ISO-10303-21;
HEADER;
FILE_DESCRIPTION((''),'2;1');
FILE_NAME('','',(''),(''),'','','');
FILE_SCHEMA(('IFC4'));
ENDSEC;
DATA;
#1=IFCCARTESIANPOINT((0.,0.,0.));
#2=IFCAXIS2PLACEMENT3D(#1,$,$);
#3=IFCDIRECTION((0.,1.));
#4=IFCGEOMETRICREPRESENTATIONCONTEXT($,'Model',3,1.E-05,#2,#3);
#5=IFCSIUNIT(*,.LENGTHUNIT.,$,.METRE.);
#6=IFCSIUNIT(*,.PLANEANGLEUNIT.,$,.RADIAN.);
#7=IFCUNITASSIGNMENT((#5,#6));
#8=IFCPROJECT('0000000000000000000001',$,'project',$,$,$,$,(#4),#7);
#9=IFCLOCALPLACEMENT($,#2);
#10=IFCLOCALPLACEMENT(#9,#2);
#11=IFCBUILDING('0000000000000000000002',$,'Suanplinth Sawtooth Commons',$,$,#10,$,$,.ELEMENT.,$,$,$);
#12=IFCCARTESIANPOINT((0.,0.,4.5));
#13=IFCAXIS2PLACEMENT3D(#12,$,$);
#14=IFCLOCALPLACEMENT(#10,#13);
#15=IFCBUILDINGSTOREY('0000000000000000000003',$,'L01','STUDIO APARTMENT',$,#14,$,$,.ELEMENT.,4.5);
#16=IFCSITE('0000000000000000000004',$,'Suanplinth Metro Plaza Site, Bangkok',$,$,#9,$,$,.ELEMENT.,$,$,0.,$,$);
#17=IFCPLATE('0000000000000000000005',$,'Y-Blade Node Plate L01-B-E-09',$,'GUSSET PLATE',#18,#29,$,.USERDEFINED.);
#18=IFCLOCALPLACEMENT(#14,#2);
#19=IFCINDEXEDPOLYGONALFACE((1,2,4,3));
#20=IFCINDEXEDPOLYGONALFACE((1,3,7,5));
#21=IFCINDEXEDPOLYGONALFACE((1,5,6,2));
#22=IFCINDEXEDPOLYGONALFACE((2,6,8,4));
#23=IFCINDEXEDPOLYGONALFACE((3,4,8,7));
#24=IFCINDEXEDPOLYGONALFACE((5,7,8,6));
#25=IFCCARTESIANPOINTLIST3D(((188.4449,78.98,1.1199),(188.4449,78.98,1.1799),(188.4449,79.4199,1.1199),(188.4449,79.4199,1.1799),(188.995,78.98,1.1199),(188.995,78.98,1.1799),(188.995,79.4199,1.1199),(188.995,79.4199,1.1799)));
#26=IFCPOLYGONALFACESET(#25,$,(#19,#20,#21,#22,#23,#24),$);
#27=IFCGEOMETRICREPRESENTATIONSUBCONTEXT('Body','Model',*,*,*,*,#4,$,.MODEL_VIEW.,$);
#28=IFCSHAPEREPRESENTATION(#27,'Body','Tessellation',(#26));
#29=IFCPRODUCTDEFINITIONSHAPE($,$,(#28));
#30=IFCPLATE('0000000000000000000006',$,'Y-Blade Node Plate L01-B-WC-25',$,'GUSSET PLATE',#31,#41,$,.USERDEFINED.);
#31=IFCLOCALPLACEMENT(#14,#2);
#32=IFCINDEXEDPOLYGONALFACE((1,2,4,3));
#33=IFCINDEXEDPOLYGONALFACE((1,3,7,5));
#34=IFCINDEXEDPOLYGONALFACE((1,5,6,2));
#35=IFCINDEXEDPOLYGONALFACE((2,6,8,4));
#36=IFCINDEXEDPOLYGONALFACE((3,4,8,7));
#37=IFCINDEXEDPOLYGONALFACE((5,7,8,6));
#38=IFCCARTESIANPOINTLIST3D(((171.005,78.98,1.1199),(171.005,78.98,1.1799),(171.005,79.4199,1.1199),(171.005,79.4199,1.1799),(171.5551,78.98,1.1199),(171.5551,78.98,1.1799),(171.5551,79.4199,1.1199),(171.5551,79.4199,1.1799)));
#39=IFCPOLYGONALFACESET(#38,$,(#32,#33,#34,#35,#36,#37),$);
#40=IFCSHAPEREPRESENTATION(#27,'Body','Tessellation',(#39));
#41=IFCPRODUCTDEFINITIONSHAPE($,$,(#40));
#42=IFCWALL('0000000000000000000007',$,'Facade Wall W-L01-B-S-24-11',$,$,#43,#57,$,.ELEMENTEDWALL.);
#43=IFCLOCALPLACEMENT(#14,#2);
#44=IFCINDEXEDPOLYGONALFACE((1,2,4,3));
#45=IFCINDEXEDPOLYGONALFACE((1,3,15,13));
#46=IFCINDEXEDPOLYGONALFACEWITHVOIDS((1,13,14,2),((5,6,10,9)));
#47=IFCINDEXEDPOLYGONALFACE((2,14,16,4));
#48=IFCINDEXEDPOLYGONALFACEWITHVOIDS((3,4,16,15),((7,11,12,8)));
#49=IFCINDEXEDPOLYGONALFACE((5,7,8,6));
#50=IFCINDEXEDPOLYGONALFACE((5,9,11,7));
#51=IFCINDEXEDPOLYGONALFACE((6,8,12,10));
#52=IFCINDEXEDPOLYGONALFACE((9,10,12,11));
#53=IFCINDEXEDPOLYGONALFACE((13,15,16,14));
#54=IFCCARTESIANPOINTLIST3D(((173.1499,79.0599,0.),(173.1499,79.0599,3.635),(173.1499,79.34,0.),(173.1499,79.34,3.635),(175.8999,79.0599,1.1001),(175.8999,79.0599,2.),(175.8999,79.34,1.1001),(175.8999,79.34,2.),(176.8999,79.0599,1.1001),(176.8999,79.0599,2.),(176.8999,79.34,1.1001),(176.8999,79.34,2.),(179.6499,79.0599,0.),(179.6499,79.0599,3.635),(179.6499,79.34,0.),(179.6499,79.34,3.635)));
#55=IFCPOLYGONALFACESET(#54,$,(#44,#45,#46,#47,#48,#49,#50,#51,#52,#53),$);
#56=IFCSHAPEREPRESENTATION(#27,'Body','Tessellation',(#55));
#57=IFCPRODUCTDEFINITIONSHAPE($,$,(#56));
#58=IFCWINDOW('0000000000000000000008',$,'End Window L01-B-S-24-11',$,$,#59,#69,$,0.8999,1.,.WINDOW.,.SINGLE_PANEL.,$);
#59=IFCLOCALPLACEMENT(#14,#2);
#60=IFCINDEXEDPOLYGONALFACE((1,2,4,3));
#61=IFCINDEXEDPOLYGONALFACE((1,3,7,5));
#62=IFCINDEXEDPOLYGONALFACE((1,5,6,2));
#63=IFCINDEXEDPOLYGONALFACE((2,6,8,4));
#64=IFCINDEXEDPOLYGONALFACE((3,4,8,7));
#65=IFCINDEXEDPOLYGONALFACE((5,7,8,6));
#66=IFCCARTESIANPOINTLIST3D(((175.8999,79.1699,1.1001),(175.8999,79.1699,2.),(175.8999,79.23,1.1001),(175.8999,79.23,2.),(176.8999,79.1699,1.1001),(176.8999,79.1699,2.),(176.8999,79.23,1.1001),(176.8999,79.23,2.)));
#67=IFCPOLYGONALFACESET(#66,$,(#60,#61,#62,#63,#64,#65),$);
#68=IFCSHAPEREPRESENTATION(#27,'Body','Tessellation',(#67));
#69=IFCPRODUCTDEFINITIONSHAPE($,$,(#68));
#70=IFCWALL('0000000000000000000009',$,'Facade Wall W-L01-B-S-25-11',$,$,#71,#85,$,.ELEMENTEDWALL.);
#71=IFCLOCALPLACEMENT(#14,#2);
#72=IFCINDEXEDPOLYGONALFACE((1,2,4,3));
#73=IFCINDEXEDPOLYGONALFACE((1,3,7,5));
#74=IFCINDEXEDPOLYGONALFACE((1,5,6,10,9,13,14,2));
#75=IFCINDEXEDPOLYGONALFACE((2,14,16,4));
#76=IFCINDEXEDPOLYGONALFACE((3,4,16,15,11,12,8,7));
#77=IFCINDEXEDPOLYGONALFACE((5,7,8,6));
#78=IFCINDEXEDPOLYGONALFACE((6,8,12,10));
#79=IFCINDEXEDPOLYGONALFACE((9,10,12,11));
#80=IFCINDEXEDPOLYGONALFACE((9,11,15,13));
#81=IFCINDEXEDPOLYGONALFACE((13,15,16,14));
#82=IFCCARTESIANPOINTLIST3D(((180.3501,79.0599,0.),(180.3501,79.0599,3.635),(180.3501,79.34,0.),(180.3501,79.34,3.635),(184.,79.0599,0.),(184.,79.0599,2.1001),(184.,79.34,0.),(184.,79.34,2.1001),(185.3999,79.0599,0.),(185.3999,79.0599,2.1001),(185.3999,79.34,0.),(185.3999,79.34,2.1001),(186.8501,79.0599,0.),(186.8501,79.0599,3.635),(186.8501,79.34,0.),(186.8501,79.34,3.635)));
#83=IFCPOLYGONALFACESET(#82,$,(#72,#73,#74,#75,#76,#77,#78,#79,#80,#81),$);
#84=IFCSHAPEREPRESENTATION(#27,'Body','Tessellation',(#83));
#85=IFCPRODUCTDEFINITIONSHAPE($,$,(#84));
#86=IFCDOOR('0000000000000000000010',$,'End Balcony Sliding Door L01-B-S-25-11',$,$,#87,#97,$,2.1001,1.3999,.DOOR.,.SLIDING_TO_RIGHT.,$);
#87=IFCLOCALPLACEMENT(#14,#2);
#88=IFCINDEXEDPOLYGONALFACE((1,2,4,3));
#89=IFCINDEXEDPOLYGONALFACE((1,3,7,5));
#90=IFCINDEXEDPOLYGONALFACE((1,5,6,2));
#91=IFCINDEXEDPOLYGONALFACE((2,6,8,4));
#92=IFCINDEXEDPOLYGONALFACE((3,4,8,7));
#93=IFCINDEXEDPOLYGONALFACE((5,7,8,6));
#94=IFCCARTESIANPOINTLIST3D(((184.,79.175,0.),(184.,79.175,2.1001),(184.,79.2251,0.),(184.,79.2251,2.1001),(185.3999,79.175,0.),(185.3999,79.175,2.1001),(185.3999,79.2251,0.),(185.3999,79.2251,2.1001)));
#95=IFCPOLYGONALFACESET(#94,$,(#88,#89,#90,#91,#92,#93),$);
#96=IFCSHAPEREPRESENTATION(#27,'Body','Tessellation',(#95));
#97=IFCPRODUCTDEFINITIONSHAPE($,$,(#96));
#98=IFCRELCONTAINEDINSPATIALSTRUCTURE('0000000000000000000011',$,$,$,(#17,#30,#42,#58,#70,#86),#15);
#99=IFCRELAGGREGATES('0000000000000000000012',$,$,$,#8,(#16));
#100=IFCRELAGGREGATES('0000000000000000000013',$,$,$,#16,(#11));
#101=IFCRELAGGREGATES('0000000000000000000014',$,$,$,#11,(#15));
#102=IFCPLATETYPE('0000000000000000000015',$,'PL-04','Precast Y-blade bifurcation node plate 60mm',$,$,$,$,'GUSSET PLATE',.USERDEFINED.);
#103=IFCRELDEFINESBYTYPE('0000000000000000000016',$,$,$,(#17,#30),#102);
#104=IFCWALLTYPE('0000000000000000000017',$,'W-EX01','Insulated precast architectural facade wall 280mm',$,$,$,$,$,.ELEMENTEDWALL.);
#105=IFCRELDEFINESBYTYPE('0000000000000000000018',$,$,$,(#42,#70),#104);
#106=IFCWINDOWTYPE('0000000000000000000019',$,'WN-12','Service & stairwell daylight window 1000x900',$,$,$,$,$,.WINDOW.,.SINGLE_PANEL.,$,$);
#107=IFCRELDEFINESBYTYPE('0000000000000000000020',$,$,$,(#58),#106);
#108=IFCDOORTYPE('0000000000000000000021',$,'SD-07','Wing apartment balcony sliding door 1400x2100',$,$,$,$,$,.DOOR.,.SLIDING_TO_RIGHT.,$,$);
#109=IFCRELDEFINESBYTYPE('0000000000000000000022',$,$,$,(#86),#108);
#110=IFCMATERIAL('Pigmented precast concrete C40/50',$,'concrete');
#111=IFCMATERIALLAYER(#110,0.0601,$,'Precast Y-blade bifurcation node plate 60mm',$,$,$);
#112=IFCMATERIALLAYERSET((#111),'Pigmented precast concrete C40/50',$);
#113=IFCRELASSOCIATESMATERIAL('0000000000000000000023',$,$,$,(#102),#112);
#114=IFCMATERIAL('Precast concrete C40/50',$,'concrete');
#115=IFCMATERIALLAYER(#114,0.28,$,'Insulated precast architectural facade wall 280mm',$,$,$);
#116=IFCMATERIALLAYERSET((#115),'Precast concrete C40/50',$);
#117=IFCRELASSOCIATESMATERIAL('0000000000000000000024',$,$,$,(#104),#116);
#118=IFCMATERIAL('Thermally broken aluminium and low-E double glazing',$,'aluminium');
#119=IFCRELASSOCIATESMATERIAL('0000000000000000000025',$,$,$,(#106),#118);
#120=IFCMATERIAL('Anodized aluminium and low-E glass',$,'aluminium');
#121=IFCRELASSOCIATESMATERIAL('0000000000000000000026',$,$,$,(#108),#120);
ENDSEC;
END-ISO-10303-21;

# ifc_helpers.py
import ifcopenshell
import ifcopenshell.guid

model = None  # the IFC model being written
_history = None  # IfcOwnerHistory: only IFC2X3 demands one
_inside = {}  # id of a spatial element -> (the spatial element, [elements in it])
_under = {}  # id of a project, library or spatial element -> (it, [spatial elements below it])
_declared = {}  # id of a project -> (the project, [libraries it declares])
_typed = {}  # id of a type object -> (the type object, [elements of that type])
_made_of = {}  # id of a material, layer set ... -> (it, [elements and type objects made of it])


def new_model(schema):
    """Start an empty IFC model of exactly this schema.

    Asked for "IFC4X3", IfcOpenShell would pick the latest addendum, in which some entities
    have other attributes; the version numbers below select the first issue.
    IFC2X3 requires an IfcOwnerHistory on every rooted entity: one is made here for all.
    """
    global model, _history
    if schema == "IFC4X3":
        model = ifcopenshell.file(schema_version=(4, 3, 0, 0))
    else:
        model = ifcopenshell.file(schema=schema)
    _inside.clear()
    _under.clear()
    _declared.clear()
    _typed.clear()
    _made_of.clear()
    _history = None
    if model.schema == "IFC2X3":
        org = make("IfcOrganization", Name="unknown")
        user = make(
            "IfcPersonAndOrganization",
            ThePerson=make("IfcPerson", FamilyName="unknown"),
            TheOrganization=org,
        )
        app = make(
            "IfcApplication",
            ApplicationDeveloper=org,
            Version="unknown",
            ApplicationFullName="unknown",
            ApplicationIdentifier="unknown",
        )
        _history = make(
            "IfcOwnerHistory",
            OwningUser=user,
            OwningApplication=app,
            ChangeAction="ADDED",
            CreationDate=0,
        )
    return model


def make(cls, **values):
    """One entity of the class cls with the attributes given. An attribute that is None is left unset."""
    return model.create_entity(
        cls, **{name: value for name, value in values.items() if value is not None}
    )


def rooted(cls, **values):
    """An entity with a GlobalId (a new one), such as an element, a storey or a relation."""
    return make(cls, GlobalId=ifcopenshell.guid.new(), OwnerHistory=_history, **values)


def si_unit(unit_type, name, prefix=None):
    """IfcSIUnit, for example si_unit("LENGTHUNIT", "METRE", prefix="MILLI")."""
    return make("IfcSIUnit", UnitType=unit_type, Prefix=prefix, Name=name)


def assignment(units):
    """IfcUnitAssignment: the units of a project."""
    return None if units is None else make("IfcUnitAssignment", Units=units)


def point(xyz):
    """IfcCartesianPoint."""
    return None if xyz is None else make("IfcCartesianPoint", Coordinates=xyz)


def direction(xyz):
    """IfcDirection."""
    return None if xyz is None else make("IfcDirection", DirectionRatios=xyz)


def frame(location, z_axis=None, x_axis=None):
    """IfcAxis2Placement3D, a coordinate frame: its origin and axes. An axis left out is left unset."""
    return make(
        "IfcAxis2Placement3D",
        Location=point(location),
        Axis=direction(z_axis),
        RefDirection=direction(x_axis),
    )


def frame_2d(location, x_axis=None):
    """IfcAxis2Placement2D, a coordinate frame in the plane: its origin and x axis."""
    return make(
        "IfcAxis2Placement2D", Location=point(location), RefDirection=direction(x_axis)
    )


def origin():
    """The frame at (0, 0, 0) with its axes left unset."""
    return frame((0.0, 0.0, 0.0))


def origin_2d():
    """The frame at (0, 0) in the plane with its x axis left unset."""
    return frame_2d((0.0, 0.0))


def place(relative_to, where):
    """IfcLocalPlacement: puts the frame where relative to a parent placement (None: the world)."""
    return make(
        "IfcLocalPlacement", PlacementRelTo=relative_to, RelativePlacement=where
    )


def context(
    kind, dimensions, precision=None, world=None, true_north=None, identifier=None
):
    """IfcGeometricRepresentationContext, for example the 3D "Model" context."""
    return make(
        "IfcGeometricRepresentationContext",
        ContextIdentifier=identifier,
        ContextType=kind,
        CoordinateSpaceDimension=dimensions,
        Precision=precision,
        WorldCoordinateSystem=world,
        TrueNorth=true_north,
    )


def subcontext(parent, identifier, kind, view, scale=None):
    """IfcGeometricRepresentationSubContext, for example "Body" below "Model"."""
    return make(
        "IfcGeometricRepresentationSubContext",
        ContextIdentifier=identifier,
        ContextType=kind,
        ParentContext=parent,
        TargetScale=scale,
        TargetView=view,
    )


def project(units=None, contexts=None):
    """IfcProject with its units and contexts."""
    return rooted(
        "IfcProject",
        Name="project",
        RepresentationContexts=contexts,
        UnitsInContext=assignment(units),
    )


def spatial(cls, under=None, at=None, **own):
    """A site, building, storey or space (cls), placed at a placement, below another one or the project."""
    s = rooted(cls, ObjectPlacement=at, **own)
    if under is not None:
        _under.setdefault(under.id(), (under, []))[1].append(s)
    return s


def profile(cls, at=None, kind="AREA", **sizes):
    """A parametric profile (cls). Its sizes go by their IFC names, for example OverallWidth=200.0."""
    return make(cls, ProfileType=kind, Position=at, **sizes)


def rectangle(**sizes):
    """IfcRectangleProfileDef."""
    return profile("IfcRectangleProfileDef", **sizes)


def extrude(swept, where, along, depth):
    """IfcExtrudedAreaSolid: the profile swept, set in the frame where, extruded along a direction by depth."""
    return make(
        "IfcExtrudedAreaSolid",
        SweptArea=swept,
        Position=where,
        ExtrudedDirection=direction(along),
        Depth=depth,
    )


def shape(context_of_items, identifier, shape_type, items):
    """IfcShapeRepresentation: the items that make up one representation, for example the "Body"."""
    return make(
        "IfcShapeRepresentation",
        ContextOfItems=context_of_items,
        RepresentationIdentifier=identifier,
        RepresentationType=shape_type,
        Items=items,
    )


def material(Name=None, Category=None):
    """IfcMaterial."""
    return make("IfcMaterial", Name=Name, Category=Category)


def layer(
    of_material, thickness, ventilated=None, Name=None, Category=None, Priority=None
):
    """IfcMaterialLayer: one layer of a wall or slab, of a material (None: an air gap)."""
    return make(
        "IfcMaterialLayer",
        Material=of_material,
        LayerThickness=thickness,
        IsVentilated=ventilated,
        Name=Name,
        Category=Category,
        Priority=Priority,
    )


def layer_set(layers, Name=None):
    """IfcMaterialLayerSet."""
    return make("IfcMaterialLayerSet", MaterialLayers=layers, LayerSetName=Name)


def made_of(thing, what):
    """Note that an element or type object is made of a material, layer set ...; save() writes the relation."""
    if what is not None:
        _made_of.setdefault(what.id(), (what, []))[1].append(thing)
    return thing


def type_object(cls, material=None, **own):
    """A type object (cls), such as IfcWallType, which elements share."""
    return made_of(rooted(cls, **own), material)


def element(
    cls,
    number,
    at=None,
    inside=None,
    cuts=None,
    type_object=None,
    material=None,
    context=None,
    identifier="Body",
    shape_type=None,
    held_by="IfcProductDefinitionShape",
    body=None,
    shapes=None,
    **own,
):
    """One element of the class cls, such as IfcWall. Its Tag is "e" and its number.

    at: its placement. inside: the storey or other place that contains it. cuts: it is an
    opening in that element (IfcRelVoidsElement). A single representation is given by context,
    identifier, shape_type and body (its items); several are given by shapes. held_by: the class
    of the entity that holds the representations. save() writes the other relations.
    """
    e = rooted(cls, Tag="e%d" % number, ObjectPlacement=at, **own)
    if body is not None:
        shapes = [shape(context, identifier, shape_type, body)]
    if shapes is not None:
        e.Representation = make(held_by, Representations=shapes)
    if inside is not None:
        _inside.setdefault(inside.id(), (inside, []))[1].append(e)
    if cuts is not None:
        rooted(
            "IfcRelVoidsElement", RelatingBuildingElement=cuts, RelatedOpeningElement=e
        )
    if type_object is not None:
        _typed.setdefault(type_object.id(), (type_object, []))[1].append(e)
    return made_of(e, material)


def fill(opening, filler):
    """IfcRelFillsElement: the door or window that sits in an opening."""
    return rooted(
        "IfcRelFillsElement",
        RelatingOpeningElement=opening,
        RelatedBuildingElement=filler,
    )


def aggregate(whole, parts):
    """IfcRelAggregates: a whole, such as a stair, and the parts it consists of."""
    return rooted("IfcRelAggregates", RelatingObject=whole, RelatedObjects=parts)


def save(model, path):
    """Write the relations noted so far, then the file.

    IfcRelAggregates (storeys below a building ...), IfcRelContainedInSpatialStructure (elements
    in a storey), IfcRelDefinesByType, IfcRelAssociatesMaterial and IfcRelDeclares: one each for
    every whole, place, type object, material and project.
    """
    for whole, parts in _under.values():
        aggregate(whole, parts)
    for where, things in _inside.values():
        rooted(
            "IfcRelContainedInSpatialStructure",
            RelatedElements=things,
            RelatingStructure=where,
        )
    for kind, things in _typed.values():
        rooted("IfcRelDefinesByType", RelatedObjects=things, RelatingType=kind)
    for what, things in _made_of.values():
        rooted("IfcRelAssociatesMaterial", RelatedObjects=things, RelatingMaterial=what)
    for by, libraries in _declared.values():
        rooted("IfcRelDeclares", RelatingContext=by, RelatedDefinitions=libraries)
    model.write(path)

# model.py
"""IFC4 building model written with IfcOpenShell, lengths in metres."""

from ifc_helpers import new_model, si_unit, direction, frame, frame_2d, origin, origin_2d, place, context, subcontext, project, spatial, rectangle, extrude, material, layer, layer_set, type_object, element, fill, save


model = new_model("IFC4")

# Units and contexts
model_context = context("Model", 3, precision=1e-05, world=origin(), true_north=direction((0.0, 1.0)))
body_context = subcontext(model_context, "Body", "Model", "MODEL_VIEW")
ifc_project = project(units=[si_unit("LENGTHUNIT", "METRE"), si_unit("PLANEANGLEUNIT", "RADIAN")], contexts=[model_context])

# Site, building, storey
site_placement = place(None, origin())
site = spatial("IfcSite", under=ifc_project, at=site_placement, Name="Suanplinth Metro Plaza Site, Bangkok", CompositionType="ELEMENT", RefElevation=0.0)
building_placement = place(site_placement, origin())
building = spatial("IfcBuilding", under=site, at=building_placement, Name="Suanplinth Sawtooth Commons", CompositionType="ELEMENT")
storey_placement = place(building_placement, frame((0.0, 0.0, 4.5)))
storey = spatial("IfcBuildingStorey", under=building, at=storey_placement, Name="L01", Description="STUDIO APARTMENT", CompositionType="ELEMENT", Elevation=4.5)

# Shared definitions
ifc_material_1 = material(Name="Precast concrete C40/50", Category="concrete")

# Shared definitions
ifc_material_2 = material(Name="Pigmented precast concrete C40/50", Category="concrete")

# Plates
ifc_layer_1 = layer(ifc_material_2, 0.0601, Name="Precast Y-blade bifurcation node plate 60mm")
ifc_layer_set_1 = layer_set([ifc_layer_1], Name="Pigmented precast concrete C40/50")
plate_type = type_object("IfcPlateType", Name="PL-04", Description="Precast Y-blade bifurcation node plate 60mm", ElementType="GUSSET PLATE", PredefinedType="USERDEFINED", material=ifc_layer_set_1)
for number, where, z_axis, x_axis, name in (
    (1, (188.72, 79.2, 1.1199), (0.0, 0.0, 1.0), (0.0, 1.0, 0.0), "Y-Blade Node Plate L01-B-E-09"),
    (2, (171.28, 79.2, 1.1199), (0.0, 0.0, 1.0), (0.0, 1.0, 0.0), "Y-Blade Node Plate L01-B-WC-25"),
):
    element("IfcPlate", number, at=place(storey_placement, frame(where, z_axis=z_axis, x_axis=x_axis)), inside=storey, type_object=plate_type, Name=name, ObjectType="GUSSET PLATE", PredefinedType="USERDEFINED", context=body_context, shape_type="SweptSolid", body=[
        extrude(rectangle(XDim=0.4399, YDim=0.55, at=origin_2d()), origin(), (0.0, 0.0, 1.0), 0.0601),
    ])

# Wall, opening, window
ifc_layer_2 = layer(ifc_material_1, 0.28, Name="Insulated precast architectural facade wall 280mm")
ifc_layer_set_2 = layer_set([ifc_layer_2], Name="Precast concrete C40/50")
wall_type = type_object("IfcWallType", Name="W-EX01", Description="Insulated precast architectural facade wall 280mm", PredefinedType="ELEMENTEDWALL", material=ifc_layer_set_2)
wall_1_placement = place(storey_placement, frame((173.1499, 79.2, 0.0), z_axis=(0.0, 0.0, 1.0), x_axis=(1.0, 0.0, 0.0)))
wall_1 = element("IfcWall", 3, at=wall_1_placement, inside=storey, type_object=wall_type, Name="Facade Wall W-L01-B-S-24-11", PredefinedType="ELEMENTEDWALL", context=body_context, shape_type="SweptSolid", body=[
    extrude(rectangle(XDim=6.5, YDim=0.28, at=frame_2d((3.25, 0.0))), origin(), (0.0, 0.0, 1.0), 3.635),
])
opening_1_placement = place(wall_1_placement, frame((2.75, 0.0, 1.1001)))
opening_1 = element("IfcOpeningElement", 4, at=opening_1_placement, cuts=wall_1, PredefinedType="OPENING", context=body_context, shape_type="SweptSolid", body=[
    extrude(rectangle(XDim=1.0, YDim=0.8999, at=frame_2d((0.5, 0.45))), frame((0.0, 0.1548, 0.0), z_axis=(0.0, -1.0, 0.0), x_axis=(1.0, 0.0, 0.0)), (0.0, 0.0, 1.0), 0.3098),
])
ifc_material_3 = material(Name="Thermally broken aluminium and low-E double glazing", Category="aluminium")
window_type = type_object("IfcWindowType", Name="WN-12", Description="Service & stairwell daylight window 1000x900", PartitioningType="SINGLE_PANEL", PredefinedType="WINDOW", material=ifc_material_3)
window_placement = place(opening_1_placement, origin())
window = element("IfcWindow", 5, at=window_placement, inside=storey, type_object=window_type, Name="End Window L01-B-S-24-11", OverallHeight=0.8999, OverallWidth=1.0, PartitioningType="SINGLE_PANEL", PredefinedType="WINDOW", context=body_context, shape_type="SweptSolid", body=[
    extrude(rectangle(XDim=1.0, YDim=0.8999, at=frame_2d((0.5, 0.45))), frame((0.0, 0.03, 0.0), z_axis=(0.0, -1.0, 0.0), x_axis=(1.0, 0.0, 0.0)), (0.0, 0.0, 1.0), 0.0601),
])
fill(opening_1, window)

# Wall, opening, door
wall_2_placement = place(storey_placement, frame((180.3501, 79.2, 0.0), z_axis=(0.0, 0.0, 1.0), x_axis=(1.0, 0.0, 0.0)))
wall_2 = element("IfcWall", 6, at=wall_2_placement, inside=storey, type_object=wall_type, Name="Facade Wall W-L01-B-S-25-11", PredefinedType="ELEMENTEDWALL", context=body_context, shape_type="SweptSolid", body=[
    extrude(rectangle(XDim=6.5, YDim=0.28, at=frame_2d((3.25, 0.0))), origin(), (0.0, 0.0, 1.0), 3.635),
])
opening_2_placement = place(wall_2_placement, frame((3.6499, 0.0, 0.0)))
opening_2 = element("IfcOpeningElement", 7, at=opening_2_placement, cuts=wall_2, PredefinedType="OPENING", context=body_context, shape_type="SweptSolid", body=[
    extrude(rectangle(XDim=1.3999, YDim=2.1001, at=frame_2d((0.7, 1.05))), frame((0.0, 0.1548, 0.0), z_axis=(0.0, -1.0, 0.0), x_axis=(1.0, 0.0, 0.0)), (0.0, 0.0, 1.0), 0.3098),
])
ifc_material_4 = material(Name="Anodized aluminium and low-E glass", Category="aluminium")
door_type = type_object("IfcDoorType", Name="SD-07", Description="Wing apartment balcony sliding door 1400x2100", OperationType="SLIDING_TO_RIGHT", PredefinedType="DOOR", material=ifc_material_4)
door_placement = place(opening_2_placement, frame((1.3999, 0.0, 0.0), z_axis=(0.0, 0.0, 1.0), x_axis=(-1.0, 0.0, 0.0)))
door = element("IfcDoor", 8, at=door_placement, inside=storey, type_object=door_type, Name="End Balcony Sliding Door L01-B-S-25-11", OperationType="SLIDING_TO_RIGHT", OverallHeight=2.1001, OverallWidth=1.3999, PredefinedType="DOOR", context=body_context, shape_type="SweptSolid", body=[
    extrude(rectangle(XDim=1.3999, YDim=2.1001, at=frame_2d((0.7, 1.05))), frame((0.0, 0.0249, 0.0), z_axis=(0.0, -1.0, 0.0), x_axis=(1.0, 0.0, 0.0)), (0.0, 0.0, 1.0), 0.05),
])
fill(opening_2, door)

save(model, "model.ifc")
